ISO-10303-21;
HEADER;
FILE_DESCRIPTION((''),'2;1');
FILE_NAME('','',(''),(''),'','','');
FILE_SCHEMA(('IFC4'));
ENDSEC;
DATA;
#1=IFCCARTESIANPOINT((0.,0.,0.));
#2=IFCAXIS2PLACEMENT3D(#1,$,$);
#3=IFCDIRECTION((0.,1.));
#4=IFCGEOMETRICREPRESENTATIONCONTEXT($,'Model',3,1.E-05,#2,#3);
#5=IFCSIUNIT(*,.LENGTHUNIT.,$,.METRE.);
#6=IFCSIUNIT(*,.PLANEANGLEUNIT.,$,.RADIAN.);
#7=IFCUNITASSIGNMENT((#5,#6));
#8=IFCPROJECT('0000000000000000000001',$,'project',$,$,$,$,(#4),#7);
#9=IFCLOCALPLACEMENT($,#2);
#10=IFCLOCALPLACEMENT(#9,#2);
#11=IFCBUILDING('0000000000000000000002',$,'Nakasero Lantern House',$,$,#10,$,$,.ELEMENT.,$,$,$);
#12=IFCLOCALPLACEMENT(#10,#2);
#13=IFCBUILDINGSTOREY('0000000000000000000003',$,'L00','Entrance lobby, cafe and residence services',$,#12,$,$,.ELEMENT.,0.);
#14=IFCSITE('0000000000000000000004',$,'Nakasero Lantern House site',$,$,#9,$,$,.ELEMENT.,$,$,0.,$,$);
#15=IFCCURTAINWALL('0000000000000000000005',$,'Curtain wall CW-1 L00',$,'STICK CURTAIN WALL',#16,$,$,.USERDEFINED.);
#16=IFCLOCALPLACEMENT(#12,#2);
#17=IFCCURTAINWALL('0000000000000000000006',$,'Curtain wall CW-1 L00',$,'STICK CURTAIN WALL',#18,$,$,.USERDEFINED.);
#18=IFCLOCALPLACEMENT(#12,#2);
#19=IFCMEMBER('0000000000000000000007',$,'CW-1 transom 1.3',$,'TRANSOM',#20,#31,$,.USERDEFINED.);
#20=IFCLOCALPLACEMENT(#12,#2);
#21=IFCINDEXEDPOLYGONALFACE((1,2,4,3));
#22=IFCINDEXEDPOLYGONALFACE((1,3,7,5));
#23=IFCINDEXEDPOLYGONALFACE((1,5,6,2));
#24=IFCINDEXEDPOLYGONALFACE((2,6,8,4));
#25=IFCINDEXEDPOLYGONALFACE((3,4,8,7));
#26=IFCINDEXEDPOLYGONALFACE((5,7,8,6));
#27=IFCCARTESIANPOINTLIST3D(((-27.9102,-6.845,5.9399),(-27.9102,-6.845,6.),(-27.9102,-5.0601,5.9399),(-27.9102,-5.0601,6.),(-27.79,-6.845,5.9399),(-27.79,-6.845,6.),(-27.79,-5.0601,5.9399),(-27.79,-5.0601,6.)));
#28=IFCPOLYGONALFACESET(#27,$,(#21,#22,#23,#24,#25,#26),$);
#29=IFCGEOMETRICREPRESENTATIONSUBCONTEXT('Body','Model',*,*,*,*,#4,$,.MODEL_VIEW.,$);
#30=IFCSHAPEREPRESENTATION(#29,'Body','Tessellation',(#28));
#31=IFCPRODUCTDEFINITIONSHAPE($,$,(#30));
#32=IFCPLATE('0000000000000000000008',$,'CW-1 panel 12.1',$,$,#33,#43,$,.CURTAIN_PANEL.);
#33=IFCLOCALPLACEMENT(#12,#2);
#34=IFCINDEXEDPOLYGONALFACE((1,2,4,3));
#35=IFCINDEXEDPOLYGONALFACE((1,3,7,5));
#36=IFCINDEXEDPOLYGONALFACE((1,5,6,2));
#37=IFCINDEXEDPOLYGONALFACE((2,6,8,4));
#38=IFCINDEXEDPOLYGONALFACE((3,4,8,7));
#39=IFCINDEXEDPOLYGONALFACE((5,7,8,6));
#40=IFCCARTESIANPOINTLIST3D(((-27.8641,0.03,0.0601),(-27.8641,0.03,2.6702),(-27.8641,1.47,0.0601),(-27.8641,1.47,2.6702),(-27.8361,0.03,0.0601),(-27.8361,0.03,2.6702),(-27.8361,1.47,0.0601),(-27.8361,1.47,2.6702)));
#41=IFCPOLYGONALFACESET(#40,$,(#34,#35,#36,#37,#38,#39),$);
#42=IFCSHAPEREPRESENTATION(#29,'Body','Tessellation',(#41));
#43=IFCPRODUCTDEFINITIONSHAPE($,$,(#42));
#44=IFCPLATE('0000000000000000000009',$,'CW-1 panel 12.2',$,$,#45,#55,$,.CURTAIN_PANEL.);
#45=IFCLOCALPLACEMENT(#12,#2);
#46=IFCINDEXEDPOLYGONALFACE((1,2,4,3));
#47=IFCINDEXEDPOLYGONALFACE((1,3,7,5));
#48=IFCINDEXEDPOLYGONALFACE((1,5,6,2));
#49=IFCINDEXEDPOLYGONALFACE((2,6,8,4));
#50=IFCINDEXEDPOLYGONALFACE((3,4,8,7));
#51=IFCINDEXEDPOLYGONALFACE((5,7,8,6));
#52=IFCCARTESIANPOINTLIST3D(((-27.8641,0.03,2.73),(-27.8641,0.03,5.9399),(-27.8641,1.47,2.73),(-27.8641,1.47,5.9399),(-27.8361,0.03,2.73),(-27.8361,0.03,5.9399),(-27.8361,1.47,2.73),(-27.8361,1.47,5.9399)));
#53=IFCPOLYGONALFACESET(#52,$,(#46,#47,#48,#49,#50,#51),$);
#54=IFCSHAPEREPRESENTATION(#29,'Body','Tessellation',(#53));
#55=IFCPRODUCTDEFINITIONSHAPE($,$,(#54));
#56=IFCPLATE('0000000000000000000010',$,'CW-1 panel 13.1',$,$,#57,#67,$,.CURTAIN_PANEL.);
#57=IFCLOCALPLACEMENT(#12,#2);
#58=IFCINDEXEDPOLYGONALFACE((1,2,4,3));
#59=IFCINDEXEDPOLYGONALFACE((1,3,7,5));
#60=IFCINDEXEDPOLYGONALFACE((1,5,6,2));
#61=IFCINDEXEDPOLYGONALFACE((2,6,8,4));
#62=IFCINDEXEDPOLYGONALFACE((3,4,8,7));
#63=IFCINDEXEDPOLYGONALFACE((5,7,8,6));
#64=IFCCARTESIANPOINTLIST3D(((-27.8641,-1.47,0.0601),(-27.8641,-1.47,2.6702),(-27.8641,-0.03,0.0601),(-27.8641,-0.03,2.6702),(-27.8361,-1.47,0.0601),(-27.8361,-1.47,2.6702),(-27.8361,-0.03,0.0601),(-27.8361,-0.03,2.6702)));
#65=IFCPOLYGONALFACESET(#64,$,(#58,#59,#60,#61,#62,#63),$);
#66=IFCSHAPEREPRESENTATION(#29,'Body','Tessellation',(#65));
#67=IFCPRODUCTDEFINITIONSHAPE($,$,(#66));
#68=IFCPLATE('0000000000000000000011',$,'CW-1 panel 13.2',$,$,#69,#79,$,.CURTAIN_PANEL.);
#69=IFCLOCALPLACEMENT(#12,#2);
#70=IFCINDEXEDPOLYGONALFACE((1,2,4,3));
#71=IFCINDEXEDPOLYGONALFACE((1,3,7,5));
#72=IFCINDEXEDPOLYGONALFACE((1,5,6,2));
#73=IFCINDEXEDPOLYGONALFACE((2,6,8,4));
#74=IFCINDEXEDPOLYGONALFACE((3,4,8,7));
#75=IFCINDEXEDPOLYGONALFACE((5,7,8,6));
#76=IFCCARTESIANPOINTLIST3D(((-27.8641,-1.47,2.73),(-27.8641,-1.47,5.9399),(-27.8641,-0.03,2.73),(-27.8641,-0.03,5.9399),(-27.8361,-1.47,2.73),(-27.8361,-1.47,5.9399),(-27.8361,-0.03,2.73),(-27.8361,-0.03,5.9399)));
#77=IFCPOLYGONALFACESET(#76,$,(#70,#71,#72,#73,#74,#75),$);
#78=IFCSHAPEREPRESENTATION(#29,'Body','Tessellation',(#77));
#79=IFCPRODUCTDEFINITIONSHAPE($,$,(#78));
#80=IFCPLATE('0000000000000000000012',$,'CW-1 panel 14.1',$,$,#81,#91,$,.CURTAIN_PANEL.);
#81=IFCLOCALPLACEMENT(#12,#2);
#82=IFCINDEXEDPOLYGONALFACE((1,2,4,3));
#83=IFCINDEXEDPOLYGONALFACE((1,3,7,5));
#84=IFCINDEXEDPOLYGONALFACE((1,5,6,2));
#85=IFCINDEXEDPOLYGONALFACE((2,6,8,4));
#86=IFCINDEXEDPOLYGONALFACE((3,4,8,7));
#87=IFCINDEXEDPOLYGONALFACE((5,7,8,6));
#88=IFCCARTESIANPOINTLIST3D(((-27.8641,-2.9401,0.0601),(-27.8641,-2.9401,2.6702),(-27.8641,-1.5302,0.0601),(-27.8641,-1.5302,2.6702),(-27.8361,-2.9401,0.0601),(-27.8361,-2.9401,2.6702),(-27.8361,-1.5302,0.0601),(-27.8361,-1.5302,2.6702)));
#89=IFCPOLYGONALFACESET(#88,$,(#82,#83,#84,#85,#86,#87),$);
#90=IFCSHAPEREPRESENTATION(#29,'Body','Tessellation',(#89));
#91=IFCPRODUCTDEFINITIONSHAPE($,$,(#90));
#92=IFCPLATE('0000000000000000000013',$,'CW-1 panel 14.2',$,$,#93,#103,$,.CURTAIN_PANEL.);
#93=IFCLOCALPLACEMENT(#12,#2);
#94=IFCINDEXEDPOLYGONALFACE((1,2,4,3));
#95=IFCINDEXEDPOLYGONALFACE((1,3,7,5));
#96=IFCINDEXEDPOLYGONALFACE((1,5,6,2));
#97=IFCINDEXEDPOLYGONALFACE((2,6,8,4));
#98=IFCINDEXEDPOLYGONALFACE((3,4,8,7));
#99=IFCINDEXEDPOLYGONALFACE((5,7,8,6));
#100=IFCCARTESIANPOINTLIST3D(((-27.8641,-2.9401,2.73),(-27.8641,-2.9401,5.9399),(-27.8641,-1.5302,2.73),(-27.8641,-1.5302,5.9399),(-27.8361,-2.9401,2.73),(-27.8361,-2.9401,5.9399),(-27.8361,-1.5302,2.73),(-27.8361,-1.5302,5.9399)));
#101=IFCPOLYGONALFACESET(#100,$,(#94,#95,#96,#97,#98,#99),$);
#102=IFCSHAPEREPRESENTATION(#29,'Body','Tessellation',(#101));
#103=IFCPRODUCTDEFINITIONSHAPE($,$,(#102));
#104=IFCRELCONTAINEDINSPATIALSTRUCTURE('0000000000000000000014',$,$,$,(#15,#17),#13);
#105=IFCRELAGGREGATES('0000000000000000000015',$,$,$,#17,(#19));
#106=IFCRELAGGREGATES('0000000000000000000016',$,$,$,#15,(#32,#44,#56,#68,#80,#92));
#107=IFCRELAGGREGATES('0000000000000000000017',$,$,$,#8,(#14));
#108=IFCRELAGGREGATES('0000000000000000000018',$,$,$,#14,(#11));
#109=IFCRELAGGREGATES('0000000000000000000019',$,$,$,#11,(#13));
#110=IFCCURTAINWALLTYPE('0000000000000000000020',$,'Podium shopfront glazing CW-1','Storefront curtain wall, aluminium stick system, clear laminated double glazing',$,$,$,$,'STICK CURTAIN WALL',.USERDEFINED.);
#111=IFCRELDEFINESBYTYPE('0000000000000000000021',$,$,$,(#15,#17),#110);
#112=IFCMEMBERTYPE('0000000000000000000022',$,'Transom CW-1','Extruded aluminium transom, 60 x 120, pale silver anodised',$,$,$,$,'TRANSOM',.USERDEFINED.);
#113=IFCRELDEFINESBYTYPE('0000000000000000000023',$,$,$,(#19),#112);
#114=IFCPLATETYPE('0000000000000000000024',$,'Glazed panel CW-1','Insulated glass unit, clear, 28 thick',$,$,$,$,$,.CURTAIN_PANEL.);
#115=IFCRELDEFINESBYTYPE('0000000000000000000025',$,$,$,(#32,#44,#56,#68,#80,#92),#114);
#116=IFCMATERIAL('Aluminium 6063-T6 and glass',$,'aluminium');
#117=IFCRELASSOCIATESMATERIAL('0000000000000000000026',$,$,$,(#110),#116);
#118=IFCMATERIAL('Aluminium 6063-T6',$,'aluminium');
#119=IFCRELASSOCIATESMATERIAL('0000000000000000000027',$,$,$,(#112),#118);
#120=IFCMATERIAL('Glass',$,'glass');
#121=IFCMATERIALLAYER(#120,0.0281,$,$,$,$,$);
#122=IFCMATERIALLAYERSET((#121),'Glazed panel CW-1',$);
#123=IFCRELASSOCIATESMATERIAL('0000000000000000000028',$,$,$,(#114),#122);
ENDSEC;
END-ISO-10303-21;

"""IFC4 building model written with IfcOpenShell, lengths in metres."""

from ifc_helpers import new_model, si_unit, direction, frame, origin, origin_2d, place, context, subcontext, project, spatial, rectangle, extrude, material, layer, layer_set, material_profile, profile_set, type_object, element, aggregate, save


model = new_model("IFC4")

# Units and contexts
model_context = context("Model", 3, precision=1e-05, world=origin(), true_north=direction((0.0, 1.0)))
body_context = subcontext(model_context, "Body", "Model", "MODEL_VIEW")
ifc_project = project(units=[si_unit("LENGTHUNIT", "METRE"), si_unit("PLANEANGLEUNIT", "RADIAN")], contexts=[model_context])

# Site, building, storey
site_placement = place(None, origin())
site = spatial("IfcSite", under=ifc_project, at=site_placement, Name="Nakasero Lantern House site", CompositionType="ELEMENT", RefElevation=0.0)
building_placement = place(site_placement, origin())
building = spatial("IfcBuilding", under=site, at=building_placement, Name="Nakasero Lantern House", CompositionType="ELEMENT")
storey_placement = place(building_placement, origin())
storey = spatial("IfcBuildingStorey", under=building, at=storey_placement, Name="L00", Description="Entrance lobby, cafe and residence services", CompositionType="ELEMENT", Elevation=0.0)

# Curtain wall
ifc_material_1 = material(Name="Aluminium 6063-T6 and glass", Category="aluminium")
curtain_wall_type = type_object("IfcCurtainWallType", Name="Podium shopfront glazing CW-1", Description="Storefront curtain wall, aluminium stick system, clear laminated double glazing", ElementType="STICK CURTAIN WALL", PredefinedType="USERDEFINED", material=ifc_material_1)
curtain_wall_1_placement = place(storey_placement, origin())
curtain_wall_1 = element("IfcCurtainWall", 1, at=curtain_wall_1_placement, inside=storey, type_object=curtain_wall_type, Name="Curtain wall CW-1 L00", ObjectType="STICK CURTAIN WALL", PredefinedType="USERDEFINED")

# Curtain wall
curtain_wall_2_placement = place(storey_placement, origin())
curtain_wall_2 = element("IfcCurtainWall", 2, at=curtain_wall_2_placement, inside=storey, type_object=curtain_wall_type, Name="Curtain wall CW-1 L00", ObjectType="STICK CURTAIN WALL", PredefinedType="USERDEFINED")

# Member
ifc_material_2 = material(Name="Aluminium 6063-T6", Category="aluminium")
ifc_material_profile_1 = material_profile(ifc_material_2, rectangle(XDim=0.0601, YDim=0.1201, at=origin_2d()), Name="CW-1 transom 60x120")
ifc_profile_set_1 = profile_set([ifc_material_profile_1], Name="Aluminium 6063-T6")
member_type_1 = type_object("IfcMemberType", Name="Transom CW-1", Description="Extruded aluminium transom, 60 x 120, pale silver anodised", ElementType="TRANSOM", PredefinedType="USERDEFINED", material=ifc_profile_set_1)
member_1_placement = place(storey_placement, frame((-27.8501, -5.0601, 5.97), z_axis=(0.0, -1.0, 0.0), x_axis=(0.0, 0.0, 1.0)))
member_1 = element("IfcMember", 3, at=member_1_placement, type_object=member_type_1, Name="CW-1 transom 1.3", ObjectType="TRANSOM", PredefinedType="USERDEFINED", context=body_context, shape_type="SweptSolid", body=[
    extrude(rectangle(XDim=0.0601, YDim=0.1201, at=origin_2d()), origin(), (0.0, 0.0, 1.0), 1.7849),
])
aggregate(curtain_wall_2, [member_1])

# Plates
ifc_material_3 = material(Name="Glass", Category="glass")
ifc_layer_1 = layer(ifc_material_3, 0.0281)
ifc_layer_set_1 = layer_set([ifc_layer_1], Name="Glazed panel CW-1")
plate_type = type_object("IfcPlateType", Name="Glazed panel CW-1", Description="Insulated glass unit, clear, 28 thick", PredefinedType="CURTAIN_PANEL", material=ifc_layer_set_1)
plate_1_placement = place(storey_placement, frame((-27.8501, 0.75, 0.0601), z_axis=(0.0, 0.0, 1.0), x_axis=(0.0, -1.0, 0.0)))
plate_1 = element("IfcPlate", 4, at=plate_1_placement, type_object=plate_type, Name="CW-1 panel 12.1", PredefinedType="CURTAIN_PANEL", context=body_context, shape_type="SweptSolid", body=[
    extrude(rectangle(XDim=1.4399, YDim=0.0281, at=origin_2d()), origin(), (0.0, 0.0, 1.0), 2.6101),
])
plate_2_placement = place(storey_placement, frame((-27.8501, 0.75, 2.73), z_axis=(0.0, 0.0, 1.0), x_axis=(0.0, -1.0, 0.0)))
plate_2 = element("IfcPlate", 5, at=plate_2_placement, type_object=plate_type, Name="CW-1 panel 12.2", PredefinedType="CURTAIN_PANEL", context=body_context, shape_type="SweptSolid", body=[
    extrude(rectangle(XDim=1.4399, YDim=0.0281, at=origin_2d()), origin(), (0.0, 0.0, 1.0), 3.21),
])
plate_3_placement = place(storey_placement, frame((-27.8501, -0.75, 0.0601), z_axis=(0.0, 0.0, 1.0), x_axis=(0.0, -1.0, 0.0)))
plate_3 = element("IfcPlate", 6, at=plate_3_placement, type_object=plate_type, Name="CW-1 panel 13.1", PredefinedType="CURTAIN_PANEL", context=body_context, shape_type="SweptSolid", body=[
    extrude(rectangle(XDim=1.4399, YDim=0.0281, at=origin_2d()), origin(), (0.0, 0.0, 1.0), 2.6101),
])
plate_4_placement = place(storey_placement, frame((-27.8501, -0.75, 2.73), z_axis=(0.0, 0.0, 1.0), x_axis=(0.0, -1.0, 0.0)))
plate_4 = element("IfcPlate", 7, at=plate_4_placement, type_object=plate_type, Name="CW-1 panel 13.2", PredefinedType="CURTAIN_PANEL", context=body_context, shape_type="SweptSolid", body=[
    extrude(rectangle(XDim=1.4399, YDim=0.0281, at=origin_2d()), origin(), (0.0, 0.0, 1.0), 3.21),
])
plate_5_placement = place(storey_placement, frame((-27.8501, -2.2351, 0.0601), z_axis=(0.0, 0.0, 1.0), x_axis=(0.0, -1.0, 0.0)))
plate_5 = element("IfcPlate", 8, at=plate_5_placement, type_object=plate_type, Name="CW-1 panel 14.1", PredefinedType="CURTAIN_PANEL", context=body_context, shape_type="SweptSolid", body=[
    extrude(rectangle(XDim=1.4099, YDim=0.0281, at=origin_2d()), origin(), (0.0, 0.0, 1.0), 2.6101),
])
plate_6_placement = place(storey_placement, frame((-27.8501, -2.2351, 2.73), z_axis=(0.0, 0.0, 1.0), x_axis=(0.0, -1.0, 0.0)))
plate_6 = element("IfcPlate", 9, at=plate_6_placement, type_object=plate_type, Name="CW-1 panel 14.2", PredefinedType="CURTAIN_PANEL", context=body_context, shape_type="SweptSolid", body=[
    extrude(rectangle(XDim=1.4099, YDim=0.0281, at=origin_2d()), origin(), (0.0, 0.0, 1.0), 3.21),
])
aggregate(curtain_wall_1, [plate_1, plate_2, plate_3, plate_4, plate_5, plate_6])

save(model, "model.ifc")
